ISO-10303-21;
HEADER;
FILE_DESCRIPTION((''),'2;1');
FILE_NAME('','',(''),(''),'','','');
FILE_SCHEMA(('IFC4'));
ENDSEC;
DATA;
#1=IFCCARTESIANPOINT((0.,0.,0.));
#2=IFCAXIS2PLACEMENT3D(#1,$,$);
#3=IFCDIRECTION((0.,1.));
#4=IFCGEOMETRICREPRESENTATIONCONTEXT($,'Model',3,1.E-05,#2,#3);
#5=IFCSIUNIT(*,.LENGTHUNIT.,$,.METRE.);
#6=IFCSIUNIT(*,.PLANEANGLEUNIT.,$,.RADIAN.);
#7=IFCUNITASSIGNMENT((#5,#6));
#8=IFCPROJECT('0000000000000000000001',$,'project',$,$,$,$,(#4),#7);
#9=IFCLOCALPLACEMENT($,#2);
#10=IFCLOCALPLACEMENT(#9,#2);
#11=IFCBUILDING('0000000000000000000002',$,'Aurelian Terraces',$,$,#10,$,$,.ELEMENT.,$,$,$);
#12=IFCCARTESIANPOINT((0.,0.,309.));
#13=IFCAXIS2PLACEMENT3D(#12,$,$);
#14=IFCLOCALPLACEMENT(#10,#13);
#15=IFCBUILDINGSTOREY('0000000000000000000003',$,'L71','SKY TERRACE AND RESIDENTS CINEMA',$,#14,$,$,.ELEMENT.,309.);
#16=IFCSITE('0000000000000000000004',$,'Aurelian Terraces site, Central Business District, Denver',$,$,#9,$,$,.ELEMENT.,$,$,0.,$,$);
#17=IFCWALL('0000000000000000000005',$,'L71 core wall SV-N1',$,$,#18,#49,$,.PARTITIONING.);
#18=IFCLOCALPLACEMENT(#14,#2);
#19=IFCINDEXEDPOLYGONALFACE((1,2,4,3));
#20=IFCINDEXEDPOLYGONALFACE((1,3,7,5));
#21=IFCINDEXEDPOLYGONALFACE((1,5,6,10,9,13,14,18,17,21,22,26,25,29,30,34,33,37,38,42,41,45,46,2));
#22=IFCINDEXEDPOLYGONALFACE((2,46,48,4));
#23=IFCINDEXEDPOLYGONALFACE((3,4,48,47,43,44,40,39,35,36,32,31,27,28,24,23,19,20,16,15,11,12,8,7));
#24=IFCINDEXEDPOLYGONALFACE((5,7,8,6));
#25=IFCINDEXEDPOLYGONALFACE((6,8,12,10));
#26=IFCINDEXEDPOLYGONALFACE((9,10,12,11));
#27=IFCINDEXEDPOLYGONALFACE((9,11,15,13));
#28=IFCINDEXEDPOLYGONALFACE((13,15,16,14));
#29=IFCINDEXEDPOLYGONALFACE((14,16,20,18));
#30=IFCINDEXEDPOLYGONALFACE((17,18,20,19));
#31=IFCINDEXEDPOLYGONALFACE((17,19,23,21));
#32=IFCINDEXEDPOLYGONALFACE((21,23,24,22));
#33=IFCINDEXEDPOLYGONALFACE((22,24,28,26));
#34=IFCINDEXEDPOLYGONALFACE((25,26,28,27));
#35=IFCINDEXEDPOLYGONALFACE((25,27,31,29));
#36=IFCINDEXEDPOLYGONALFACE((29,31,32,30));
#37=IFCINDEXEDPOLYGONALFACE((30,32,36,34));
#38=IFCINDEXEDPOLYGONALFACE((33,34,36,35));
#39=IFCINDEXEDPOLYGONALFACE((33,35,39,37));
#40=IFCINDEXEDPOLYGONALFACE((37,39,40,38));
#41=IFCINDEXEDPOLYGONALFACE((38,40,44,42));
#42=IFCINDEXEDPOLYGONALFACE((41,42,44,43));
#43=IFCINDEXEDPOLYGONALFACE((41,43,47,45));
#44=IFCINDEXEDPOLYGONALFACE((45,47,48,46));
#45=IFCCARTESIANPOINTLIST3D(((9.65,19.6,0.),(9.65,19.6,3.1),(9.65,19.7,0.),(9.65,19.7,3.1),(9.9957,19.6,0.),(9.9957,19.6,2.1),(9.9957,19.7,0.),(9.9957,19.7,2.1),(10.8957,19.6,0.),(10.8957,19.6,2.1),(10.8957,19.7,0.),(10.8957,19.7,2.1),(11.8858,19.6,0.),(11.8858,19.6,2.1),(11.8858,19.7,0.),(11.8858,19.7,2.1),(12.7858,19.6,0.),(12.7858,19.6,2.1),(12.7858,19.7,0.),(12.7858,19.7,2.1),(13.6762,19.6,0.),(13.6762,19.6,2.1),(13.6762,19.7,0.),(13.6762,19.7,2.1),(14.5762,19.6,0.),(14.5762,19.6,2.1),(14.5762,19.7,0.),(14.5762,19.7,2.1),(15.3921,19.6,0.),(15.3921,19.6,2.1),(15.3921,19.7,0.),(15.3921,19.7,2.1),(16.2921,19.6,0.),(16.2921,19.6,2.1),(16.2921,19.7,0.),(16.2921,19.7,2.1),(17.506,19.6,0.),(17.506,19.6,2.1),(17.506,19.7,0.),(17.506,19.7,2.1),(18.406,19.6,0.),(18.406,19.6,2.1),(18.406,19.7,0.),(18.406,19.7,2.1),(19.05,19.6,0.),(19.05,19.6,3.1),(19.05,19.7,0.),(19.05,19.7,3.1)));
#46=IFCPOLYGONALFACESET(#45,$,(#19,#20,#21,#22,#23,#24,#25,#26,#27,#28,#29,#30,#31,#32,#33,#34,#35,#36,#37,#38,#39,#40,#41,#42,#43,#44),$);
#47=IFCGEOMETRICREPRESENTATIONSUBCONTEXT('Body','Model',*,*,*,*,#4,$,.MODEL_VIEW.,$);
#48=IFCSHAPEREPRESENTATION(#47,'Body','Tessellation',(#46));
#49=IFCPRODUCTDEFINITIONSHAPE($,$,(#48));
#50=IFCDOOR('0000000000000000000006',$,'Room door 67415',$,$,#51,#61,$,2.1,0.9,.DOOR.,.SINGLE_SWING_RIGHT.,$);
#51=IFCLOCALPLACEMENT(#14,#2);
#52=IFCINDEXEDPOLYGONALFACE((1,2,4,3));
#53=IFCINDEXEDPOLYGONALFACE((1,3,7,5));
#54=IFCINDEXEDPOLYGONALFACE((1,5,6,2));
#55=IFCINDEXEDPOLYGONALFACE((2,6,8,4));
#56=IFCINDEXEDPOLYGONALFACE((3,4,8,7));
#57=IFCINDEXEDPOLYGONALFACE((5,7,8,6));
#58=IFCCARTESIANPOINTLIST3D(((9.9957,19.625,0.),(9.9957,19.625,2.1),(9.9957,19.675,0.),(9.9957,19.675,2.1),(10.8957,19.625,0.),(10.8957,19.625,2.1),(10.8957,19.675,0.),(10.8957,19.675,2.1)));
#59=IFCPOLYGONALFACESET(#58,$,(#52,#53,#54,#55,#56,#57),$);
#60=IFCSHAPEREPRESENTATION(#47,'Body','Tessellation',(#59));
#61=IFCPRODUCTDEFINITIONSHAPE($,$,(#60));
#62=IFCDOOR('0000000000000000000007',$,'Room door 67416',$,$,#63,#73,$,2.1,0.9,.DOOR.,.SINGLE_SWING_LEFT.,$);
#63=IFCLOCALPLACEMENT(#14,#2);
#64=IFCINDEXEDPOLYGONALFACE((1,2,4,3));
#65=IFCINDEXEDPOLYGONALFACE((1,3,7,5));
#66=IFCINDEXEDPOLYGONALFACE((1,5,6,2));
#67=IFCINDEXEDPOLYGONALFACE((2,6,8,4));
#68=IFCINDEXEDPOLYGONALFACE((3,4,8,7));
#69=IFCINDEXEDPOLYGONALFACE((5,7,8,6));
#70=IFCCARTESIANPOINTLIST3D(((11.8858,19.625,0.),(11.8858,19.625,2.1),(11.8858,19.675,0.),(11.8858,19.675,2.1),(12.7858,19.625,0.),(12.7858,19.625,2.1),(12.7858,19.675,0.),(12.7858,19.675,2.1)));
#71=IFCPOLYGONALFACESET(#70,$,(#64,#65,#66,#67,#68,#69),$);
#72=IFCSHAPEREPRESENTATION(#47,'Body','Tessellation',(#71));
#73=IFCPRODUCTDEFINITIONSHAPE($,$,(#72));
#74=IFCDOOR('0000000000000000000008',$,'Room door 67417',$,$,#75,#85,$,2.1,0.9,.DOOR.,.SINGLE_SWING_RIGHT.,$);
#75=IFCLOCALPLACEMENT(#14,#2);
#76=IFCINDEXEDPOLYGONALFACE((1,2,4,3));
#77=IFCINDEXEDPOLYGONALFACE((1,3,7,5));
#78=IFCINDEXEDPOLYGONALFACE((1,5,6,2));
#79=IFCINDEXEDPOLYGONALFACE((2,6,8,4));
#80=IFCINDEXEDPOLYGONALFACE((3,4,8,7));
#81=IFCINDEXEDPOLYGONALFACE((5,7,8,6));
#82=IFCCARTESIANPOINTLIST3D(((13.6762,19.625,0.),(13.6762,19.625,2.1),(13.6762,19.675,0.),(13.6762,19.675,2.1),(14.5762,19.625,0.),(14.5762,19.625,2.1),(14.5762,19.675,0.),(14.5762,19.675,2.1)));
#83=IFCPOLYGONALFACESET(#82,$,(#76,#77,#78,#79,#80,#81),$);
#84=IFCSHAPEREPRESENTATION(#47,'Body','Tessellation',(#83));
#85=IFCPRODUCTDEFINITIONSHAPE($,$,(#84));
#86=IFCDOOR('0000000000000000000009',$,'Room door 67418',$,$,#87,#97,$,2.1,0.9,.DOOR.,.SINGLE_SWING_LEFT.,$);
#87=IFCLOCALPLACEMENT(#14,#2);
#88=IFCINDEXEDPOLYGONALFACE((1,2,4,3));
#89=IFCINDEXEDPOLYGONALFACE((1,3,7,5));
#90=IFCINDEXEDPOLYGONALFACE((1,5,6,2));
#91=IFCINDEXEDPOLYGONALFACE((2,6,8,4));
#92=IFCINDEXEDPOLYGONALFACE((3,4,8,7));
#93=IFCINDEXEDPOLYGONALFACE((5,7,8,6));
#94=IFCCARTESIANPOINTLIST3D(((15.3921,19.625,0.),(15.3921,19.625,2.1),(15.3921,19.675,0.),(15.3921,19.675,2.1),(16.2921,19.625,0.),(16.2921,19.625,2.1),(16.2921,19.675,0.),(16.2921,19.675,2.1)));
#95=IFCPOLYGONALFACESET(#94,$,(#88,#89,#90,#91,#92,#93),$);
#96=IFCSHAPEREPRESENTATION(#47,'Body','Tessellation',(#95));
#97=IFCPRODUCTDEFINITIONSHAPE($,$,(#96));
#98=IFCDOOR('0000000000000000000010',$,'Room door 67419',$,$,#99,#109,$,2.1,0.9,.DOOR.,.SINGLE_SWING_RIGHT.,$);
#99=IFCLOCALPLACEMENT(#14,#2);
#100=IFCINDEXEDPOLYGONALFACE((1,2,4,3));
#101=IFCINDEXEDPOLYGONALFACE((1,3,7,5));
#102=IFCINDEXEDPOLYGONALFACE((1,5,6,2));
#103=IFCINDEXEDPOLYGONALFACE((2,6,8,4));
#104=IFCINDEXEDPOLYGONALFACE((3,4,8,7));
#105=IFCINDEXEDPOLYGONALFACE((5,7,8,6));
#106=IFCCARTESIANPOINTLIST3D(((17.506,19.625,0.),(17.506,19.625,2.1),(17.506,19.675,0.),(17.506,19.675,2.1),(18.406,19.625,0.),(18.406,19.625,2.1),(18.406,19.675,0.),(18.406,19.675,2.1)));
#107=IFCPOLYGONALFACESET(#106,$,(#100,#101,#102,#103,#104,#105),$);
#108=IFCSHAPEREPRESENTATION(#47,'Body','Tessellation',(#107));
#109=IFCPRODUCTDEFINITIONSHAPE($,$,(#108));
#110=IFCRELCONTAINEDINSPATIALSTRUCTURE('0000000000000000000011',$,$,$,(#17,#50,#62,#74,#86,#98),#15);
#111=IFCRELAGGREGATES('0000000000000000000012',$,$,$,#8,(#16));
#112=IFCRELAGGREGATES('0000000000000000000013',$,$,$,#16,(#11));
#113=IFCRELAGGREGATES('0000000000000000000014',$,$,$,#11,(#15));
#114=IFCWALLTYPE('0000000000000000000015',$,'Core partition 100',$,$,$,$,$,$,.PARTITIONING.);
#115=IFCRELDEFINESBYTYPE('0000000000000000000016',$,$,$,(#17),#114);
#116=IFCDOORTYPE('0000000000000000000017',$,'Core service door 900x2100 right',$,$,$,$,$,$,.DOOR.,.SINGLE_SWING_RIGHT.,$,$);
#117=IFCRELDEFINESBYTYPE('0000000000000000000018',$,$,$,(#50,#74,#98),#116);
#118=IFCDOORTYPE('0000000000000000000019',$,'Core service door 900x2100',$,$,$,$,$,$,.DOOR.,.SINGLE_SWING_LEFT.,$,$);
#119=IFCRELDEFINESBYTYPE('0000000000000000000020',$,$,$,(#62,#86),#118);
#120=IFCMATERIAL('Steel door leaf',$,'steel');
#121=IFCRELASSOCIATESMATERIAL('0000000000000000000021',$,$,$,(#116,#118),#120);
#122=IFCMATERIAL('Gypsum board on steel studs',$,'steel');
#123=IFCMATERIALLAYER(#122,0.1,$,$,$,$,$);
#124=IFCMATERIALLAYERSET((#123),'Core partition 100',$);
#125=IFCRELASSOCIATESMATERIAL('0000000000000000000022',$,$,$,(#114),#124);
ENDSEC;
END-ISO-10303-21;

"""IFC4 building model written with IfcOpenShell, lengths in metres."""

from ifc_helpers import new_model, si_unit, direction, frame, frame_2d, origin, place, context, subcontext, project, spatial, rectangle, extrude, source, transform, mapped, material, layer, layer_set, type_object, element, fill, save


model = new_model("IFC4")

# Units and contexts
model_context = context("Model", 3, precision=1e-05, world=origin(), true_north=direction((0.0, 1.0)))
body_context = subcontext(model_context, "Body", "Model", "MODEL_VIEW")
ifc_project = project(units=[si_unit("LENGTHUNIT", "METRE"), si_unit("PLANEANGLEUNIT", "RADIAN")], contexts=[model_context])

# Site, building, storey
site_placement = place(None, origin())
site = spatial("IfcSite", under=ifc_project, at=site_placement, Name="Aurelian Terraces site, Central Business District, Denver", CompositionType="ELEMENT", RefElevation=0.0)
building_placement = place(site_placement, origin())
building = spatial("IfcBuilding", under=site, at=building_placement, Name="Aurelian Terraces", CompositionType="ELEMENT")
storey_placement = place(building_placement, frame((0.0, 0.0, 309.0)))
storey = spatial("IfcBuildingStorey", under=building, at=storey_placement, Name="L71", Description="SKY TERRACE AND RESIDENTS CINEMA", CompositionType="ELEMENT", Elevation=309.0)

# Shared definitions
ifc_material_1 = material(Name="Steel door leaf", Category="steel")
door_type_1 = type_object("IfcDoorType", Name="Core service door 900x2100 right", OperationType="SINGLE_SWING_RIGHT", PredefinedType="DOOR", material=ifc_material_1)
shared_shape_1 = source(origin(), body_context, "Body", "SweptSolid", [
    extrude(rectangle(XDim=0.9, YDim=2.1, at=frame_2d((0.45, 1.05))), frame((0.0, 0.025, 0.0), z_axis=(0.0, -1.0, 0.0), x_axis=(1.0, 0.0, 0.0)), (0.0, 0.0, 1.0), 0.05),
])

# Shared definitions
ifc_material_2 = material(Name="Gypsum board on steel studs", Category="steel")

# Shared definitions
door_type_2 = type_object("IfcDoorType", Name="Core service door 900x2100", OperationType="SINGLE_SWING_LEFT", PredefinedType="DOOR", material=ifc_material_1)

# Shared definitions
ifc_layer_1 = layer(ifc_material_2, 0.1)
ifc_layer_set_1 = layer_set([ifc_layer_1], Name="Core partition 100")
wall_type_1 = type_object("IfcWallType", Name="Core partition 100", PredefinedType="PARTITIONING", material=ifc_layer_set_1)

# Wall, openings, doors
shared_shape_2 = source(origin(), body_context, "Body", "SweptSolid", [
    extrude(rectangle(XDim=9.4, YDim=0.1, at=frame_2d((4.7, 0.0))), origin(), (0.0, 0.0, 1.0), 3.1),
])
wall_1_placement = place(storey_placement, frame((9.65, 19.65, 0.0), z_axis=(0.0, 0.0, 1.0), x_axis=(1.0, 0.0, 0.0)))
wall_1 = element("IfcWall", 1, at=wall_1_placement, inside=storey, type_object=wall_type_1, Name="L71 core wall SV-N1", PredefinedType="PARTITIONING", context=body_context, shape_type="MappedRepresentation", body=[
    mapped(shared_shape_2, transform((0.0, 0.0, 0.0), scale=1.0)),
])
shared_shape_3 = source(origin(), body_context, "Body", "SweptSolid", [
    extrude(rectangle(XDim=0.9, YDim=2.1, at=frame_2d((0.45, 1.05))), frame((0.0, 0.06, 0.0), z_axis=(0.0, -1.0, 0.0), x_axis=(1.0, 0.0, 0.0)), (0.0, 0.0, 1.0), 0.12),
])
opening_1_placement = place(wall_1_placement, frame((0.3457, 0.0, 0.0)))
opening_1 = element("IfcOpeningElement", 2, at=opening_1_placement, cuts=wall_1, PredefinedType="OPENING", context=body_context, shape_type="MappedRepresentation", body=[
    mapped(shared_shape_3, transform((0.0, 0.0, 0.0), scale=1.0)),
])
opening_2_placement = place(wall_1_placement, frame((2.2358, 0.0, 0.0)))
opening_2 = element("IfcOpeningElement", 3, at=opening_2_placement, cuts=wall_1, PredefinedType="OPENING", context=body_context, shape_type="MappedRepresentation", body=[
    mapped(shared_shape_3, transform((0.0, 0.0, 0.0), scale=1.0)),
])
opening_3_placement = place(wall_1_placement, frame((4.0262, 0.0, 0.0)))
opening_3 = element("IfcOpeningElement", 4, at=opening_3_placement, cuts=wall_1, PredefinedType="OPENING", context=body_context, shape_type="MappedRepresentation", body=[
    mapped(shared_shape_3, transform((0.0, 0.0, 0.0), scale=1.0)),
])
opening_4_placement = place(wall_1_placement, frame((5.7421, 0.0, 0.0)))
opening_4 = element("IfcOpeningElement", 5, at=opening_4_placement, cuts=wall_1, PredefinedType="OPENING", context=body_context, shape_type="MappedRepresentation", body=[
    mapped(shared_shape_3, transform((0.0, 0.0, 0.0), scale=1.0)),
])
opening_5_placement = place(wall_1_placement, frame((7.856, 0.0, 0.0)))
opening_5 = element("IfcOpeningElement", 6, at=opening_5_placement, cuts=wall_1, PredefinedType="OPENING", context=body_context, shape_type="MappedRepresentation", body=[
    mapped(shared_shape_3, transform((0.0, 0.0, 0.0), scale=1.0)),
])
door_1_placement = place(opening_1_placement, origin())
door_1 = element("IfcDoor", 7, at=door_1_placement, inside=storey, type_object=door_type_1, Name="Room door 67415", OperationType="SINGLE_SWING_RIGHT", OverallHeight=2.1, OverallWidth=0.9, PredefinedType="DOOR", context=body_context, shape_type="MappedRepresentation", body=[
    mapped(shared_shape_1, transform((0.0, 0.0, 0.0), scale=1.0)),
])
fill(opening_1, door_1)
door_2_placement = place(opening_2_placement, origin())
door_2 = element("IfcDoor", 8, at=door_2_placement, inside=storey, type_object=door_type_2, Name="Room door 67416", OperationType="SINGLE_SWING_LEFT", OverallHeight=2.1, OverallWidth=0.9, PredefinedType="DOOR", context=body_context, shape_type="MappedRepresentation", body=[
    mapped(shared_shape_1, transform((0.0, 0.0, 0.0), scale=1.0)),
])
fill(opening_2, door_2)
door_3_placement = place(opening_3_placement, origin())
door_3 = element("IfcDoor", 9, at=door_3_placement, inside=storey, type_object=door_type_1, Name="Room door 67417", OperationType="SINGLE_SWING_RIGHT", OverallHeight=2.1, OverallWidth=0.9, PredefinedType="DOOR", context=body_context, shape_type="MappedRepresentation", body=[
    mapped(shared_shape_1, transform((0.0, 0.0, 0.0), scale=1.0)),
])
fill(opening_3, door_3)
door_4_placement = place(opening_4_placement, origin())
door_4 = element("IfcDoor", 10, at=door_4_placement, inside=storey, type_object=door_type_2, Name="Room door 67418", OperationType="SINGLE_SWING_LEFT", OverallHeight=2.1, OverallWidth=0.9, PredefinedType="DOOR", context=body_context, shape_type="MappedRepresentation", body=[
    mapped(shared_shape_1, transform((0.0, 0.0, 0.0), scale=1.0)),
])
fill(opening_4, door_4)
door_5_placement = place(opening_5_placement, origin())
door_5 = element("IfcDoor", 11, at=door_5_placement, inside=storey, type_object=door_type_1, Name="Room door 67419", OperationType="SINGLE_SWING_RIGHT", OverallHeight=2.1, OverallWidth=0.9, PredefinedType="DOOR", context=body_context, shape_type="MappedRepresentation", body=[
    mapped(shared_shape_1, transform((0.0, 0.0, 0.0), scale=1.0)),
])
fill(opening_5, door_5)

save(model, "model.ifc")
